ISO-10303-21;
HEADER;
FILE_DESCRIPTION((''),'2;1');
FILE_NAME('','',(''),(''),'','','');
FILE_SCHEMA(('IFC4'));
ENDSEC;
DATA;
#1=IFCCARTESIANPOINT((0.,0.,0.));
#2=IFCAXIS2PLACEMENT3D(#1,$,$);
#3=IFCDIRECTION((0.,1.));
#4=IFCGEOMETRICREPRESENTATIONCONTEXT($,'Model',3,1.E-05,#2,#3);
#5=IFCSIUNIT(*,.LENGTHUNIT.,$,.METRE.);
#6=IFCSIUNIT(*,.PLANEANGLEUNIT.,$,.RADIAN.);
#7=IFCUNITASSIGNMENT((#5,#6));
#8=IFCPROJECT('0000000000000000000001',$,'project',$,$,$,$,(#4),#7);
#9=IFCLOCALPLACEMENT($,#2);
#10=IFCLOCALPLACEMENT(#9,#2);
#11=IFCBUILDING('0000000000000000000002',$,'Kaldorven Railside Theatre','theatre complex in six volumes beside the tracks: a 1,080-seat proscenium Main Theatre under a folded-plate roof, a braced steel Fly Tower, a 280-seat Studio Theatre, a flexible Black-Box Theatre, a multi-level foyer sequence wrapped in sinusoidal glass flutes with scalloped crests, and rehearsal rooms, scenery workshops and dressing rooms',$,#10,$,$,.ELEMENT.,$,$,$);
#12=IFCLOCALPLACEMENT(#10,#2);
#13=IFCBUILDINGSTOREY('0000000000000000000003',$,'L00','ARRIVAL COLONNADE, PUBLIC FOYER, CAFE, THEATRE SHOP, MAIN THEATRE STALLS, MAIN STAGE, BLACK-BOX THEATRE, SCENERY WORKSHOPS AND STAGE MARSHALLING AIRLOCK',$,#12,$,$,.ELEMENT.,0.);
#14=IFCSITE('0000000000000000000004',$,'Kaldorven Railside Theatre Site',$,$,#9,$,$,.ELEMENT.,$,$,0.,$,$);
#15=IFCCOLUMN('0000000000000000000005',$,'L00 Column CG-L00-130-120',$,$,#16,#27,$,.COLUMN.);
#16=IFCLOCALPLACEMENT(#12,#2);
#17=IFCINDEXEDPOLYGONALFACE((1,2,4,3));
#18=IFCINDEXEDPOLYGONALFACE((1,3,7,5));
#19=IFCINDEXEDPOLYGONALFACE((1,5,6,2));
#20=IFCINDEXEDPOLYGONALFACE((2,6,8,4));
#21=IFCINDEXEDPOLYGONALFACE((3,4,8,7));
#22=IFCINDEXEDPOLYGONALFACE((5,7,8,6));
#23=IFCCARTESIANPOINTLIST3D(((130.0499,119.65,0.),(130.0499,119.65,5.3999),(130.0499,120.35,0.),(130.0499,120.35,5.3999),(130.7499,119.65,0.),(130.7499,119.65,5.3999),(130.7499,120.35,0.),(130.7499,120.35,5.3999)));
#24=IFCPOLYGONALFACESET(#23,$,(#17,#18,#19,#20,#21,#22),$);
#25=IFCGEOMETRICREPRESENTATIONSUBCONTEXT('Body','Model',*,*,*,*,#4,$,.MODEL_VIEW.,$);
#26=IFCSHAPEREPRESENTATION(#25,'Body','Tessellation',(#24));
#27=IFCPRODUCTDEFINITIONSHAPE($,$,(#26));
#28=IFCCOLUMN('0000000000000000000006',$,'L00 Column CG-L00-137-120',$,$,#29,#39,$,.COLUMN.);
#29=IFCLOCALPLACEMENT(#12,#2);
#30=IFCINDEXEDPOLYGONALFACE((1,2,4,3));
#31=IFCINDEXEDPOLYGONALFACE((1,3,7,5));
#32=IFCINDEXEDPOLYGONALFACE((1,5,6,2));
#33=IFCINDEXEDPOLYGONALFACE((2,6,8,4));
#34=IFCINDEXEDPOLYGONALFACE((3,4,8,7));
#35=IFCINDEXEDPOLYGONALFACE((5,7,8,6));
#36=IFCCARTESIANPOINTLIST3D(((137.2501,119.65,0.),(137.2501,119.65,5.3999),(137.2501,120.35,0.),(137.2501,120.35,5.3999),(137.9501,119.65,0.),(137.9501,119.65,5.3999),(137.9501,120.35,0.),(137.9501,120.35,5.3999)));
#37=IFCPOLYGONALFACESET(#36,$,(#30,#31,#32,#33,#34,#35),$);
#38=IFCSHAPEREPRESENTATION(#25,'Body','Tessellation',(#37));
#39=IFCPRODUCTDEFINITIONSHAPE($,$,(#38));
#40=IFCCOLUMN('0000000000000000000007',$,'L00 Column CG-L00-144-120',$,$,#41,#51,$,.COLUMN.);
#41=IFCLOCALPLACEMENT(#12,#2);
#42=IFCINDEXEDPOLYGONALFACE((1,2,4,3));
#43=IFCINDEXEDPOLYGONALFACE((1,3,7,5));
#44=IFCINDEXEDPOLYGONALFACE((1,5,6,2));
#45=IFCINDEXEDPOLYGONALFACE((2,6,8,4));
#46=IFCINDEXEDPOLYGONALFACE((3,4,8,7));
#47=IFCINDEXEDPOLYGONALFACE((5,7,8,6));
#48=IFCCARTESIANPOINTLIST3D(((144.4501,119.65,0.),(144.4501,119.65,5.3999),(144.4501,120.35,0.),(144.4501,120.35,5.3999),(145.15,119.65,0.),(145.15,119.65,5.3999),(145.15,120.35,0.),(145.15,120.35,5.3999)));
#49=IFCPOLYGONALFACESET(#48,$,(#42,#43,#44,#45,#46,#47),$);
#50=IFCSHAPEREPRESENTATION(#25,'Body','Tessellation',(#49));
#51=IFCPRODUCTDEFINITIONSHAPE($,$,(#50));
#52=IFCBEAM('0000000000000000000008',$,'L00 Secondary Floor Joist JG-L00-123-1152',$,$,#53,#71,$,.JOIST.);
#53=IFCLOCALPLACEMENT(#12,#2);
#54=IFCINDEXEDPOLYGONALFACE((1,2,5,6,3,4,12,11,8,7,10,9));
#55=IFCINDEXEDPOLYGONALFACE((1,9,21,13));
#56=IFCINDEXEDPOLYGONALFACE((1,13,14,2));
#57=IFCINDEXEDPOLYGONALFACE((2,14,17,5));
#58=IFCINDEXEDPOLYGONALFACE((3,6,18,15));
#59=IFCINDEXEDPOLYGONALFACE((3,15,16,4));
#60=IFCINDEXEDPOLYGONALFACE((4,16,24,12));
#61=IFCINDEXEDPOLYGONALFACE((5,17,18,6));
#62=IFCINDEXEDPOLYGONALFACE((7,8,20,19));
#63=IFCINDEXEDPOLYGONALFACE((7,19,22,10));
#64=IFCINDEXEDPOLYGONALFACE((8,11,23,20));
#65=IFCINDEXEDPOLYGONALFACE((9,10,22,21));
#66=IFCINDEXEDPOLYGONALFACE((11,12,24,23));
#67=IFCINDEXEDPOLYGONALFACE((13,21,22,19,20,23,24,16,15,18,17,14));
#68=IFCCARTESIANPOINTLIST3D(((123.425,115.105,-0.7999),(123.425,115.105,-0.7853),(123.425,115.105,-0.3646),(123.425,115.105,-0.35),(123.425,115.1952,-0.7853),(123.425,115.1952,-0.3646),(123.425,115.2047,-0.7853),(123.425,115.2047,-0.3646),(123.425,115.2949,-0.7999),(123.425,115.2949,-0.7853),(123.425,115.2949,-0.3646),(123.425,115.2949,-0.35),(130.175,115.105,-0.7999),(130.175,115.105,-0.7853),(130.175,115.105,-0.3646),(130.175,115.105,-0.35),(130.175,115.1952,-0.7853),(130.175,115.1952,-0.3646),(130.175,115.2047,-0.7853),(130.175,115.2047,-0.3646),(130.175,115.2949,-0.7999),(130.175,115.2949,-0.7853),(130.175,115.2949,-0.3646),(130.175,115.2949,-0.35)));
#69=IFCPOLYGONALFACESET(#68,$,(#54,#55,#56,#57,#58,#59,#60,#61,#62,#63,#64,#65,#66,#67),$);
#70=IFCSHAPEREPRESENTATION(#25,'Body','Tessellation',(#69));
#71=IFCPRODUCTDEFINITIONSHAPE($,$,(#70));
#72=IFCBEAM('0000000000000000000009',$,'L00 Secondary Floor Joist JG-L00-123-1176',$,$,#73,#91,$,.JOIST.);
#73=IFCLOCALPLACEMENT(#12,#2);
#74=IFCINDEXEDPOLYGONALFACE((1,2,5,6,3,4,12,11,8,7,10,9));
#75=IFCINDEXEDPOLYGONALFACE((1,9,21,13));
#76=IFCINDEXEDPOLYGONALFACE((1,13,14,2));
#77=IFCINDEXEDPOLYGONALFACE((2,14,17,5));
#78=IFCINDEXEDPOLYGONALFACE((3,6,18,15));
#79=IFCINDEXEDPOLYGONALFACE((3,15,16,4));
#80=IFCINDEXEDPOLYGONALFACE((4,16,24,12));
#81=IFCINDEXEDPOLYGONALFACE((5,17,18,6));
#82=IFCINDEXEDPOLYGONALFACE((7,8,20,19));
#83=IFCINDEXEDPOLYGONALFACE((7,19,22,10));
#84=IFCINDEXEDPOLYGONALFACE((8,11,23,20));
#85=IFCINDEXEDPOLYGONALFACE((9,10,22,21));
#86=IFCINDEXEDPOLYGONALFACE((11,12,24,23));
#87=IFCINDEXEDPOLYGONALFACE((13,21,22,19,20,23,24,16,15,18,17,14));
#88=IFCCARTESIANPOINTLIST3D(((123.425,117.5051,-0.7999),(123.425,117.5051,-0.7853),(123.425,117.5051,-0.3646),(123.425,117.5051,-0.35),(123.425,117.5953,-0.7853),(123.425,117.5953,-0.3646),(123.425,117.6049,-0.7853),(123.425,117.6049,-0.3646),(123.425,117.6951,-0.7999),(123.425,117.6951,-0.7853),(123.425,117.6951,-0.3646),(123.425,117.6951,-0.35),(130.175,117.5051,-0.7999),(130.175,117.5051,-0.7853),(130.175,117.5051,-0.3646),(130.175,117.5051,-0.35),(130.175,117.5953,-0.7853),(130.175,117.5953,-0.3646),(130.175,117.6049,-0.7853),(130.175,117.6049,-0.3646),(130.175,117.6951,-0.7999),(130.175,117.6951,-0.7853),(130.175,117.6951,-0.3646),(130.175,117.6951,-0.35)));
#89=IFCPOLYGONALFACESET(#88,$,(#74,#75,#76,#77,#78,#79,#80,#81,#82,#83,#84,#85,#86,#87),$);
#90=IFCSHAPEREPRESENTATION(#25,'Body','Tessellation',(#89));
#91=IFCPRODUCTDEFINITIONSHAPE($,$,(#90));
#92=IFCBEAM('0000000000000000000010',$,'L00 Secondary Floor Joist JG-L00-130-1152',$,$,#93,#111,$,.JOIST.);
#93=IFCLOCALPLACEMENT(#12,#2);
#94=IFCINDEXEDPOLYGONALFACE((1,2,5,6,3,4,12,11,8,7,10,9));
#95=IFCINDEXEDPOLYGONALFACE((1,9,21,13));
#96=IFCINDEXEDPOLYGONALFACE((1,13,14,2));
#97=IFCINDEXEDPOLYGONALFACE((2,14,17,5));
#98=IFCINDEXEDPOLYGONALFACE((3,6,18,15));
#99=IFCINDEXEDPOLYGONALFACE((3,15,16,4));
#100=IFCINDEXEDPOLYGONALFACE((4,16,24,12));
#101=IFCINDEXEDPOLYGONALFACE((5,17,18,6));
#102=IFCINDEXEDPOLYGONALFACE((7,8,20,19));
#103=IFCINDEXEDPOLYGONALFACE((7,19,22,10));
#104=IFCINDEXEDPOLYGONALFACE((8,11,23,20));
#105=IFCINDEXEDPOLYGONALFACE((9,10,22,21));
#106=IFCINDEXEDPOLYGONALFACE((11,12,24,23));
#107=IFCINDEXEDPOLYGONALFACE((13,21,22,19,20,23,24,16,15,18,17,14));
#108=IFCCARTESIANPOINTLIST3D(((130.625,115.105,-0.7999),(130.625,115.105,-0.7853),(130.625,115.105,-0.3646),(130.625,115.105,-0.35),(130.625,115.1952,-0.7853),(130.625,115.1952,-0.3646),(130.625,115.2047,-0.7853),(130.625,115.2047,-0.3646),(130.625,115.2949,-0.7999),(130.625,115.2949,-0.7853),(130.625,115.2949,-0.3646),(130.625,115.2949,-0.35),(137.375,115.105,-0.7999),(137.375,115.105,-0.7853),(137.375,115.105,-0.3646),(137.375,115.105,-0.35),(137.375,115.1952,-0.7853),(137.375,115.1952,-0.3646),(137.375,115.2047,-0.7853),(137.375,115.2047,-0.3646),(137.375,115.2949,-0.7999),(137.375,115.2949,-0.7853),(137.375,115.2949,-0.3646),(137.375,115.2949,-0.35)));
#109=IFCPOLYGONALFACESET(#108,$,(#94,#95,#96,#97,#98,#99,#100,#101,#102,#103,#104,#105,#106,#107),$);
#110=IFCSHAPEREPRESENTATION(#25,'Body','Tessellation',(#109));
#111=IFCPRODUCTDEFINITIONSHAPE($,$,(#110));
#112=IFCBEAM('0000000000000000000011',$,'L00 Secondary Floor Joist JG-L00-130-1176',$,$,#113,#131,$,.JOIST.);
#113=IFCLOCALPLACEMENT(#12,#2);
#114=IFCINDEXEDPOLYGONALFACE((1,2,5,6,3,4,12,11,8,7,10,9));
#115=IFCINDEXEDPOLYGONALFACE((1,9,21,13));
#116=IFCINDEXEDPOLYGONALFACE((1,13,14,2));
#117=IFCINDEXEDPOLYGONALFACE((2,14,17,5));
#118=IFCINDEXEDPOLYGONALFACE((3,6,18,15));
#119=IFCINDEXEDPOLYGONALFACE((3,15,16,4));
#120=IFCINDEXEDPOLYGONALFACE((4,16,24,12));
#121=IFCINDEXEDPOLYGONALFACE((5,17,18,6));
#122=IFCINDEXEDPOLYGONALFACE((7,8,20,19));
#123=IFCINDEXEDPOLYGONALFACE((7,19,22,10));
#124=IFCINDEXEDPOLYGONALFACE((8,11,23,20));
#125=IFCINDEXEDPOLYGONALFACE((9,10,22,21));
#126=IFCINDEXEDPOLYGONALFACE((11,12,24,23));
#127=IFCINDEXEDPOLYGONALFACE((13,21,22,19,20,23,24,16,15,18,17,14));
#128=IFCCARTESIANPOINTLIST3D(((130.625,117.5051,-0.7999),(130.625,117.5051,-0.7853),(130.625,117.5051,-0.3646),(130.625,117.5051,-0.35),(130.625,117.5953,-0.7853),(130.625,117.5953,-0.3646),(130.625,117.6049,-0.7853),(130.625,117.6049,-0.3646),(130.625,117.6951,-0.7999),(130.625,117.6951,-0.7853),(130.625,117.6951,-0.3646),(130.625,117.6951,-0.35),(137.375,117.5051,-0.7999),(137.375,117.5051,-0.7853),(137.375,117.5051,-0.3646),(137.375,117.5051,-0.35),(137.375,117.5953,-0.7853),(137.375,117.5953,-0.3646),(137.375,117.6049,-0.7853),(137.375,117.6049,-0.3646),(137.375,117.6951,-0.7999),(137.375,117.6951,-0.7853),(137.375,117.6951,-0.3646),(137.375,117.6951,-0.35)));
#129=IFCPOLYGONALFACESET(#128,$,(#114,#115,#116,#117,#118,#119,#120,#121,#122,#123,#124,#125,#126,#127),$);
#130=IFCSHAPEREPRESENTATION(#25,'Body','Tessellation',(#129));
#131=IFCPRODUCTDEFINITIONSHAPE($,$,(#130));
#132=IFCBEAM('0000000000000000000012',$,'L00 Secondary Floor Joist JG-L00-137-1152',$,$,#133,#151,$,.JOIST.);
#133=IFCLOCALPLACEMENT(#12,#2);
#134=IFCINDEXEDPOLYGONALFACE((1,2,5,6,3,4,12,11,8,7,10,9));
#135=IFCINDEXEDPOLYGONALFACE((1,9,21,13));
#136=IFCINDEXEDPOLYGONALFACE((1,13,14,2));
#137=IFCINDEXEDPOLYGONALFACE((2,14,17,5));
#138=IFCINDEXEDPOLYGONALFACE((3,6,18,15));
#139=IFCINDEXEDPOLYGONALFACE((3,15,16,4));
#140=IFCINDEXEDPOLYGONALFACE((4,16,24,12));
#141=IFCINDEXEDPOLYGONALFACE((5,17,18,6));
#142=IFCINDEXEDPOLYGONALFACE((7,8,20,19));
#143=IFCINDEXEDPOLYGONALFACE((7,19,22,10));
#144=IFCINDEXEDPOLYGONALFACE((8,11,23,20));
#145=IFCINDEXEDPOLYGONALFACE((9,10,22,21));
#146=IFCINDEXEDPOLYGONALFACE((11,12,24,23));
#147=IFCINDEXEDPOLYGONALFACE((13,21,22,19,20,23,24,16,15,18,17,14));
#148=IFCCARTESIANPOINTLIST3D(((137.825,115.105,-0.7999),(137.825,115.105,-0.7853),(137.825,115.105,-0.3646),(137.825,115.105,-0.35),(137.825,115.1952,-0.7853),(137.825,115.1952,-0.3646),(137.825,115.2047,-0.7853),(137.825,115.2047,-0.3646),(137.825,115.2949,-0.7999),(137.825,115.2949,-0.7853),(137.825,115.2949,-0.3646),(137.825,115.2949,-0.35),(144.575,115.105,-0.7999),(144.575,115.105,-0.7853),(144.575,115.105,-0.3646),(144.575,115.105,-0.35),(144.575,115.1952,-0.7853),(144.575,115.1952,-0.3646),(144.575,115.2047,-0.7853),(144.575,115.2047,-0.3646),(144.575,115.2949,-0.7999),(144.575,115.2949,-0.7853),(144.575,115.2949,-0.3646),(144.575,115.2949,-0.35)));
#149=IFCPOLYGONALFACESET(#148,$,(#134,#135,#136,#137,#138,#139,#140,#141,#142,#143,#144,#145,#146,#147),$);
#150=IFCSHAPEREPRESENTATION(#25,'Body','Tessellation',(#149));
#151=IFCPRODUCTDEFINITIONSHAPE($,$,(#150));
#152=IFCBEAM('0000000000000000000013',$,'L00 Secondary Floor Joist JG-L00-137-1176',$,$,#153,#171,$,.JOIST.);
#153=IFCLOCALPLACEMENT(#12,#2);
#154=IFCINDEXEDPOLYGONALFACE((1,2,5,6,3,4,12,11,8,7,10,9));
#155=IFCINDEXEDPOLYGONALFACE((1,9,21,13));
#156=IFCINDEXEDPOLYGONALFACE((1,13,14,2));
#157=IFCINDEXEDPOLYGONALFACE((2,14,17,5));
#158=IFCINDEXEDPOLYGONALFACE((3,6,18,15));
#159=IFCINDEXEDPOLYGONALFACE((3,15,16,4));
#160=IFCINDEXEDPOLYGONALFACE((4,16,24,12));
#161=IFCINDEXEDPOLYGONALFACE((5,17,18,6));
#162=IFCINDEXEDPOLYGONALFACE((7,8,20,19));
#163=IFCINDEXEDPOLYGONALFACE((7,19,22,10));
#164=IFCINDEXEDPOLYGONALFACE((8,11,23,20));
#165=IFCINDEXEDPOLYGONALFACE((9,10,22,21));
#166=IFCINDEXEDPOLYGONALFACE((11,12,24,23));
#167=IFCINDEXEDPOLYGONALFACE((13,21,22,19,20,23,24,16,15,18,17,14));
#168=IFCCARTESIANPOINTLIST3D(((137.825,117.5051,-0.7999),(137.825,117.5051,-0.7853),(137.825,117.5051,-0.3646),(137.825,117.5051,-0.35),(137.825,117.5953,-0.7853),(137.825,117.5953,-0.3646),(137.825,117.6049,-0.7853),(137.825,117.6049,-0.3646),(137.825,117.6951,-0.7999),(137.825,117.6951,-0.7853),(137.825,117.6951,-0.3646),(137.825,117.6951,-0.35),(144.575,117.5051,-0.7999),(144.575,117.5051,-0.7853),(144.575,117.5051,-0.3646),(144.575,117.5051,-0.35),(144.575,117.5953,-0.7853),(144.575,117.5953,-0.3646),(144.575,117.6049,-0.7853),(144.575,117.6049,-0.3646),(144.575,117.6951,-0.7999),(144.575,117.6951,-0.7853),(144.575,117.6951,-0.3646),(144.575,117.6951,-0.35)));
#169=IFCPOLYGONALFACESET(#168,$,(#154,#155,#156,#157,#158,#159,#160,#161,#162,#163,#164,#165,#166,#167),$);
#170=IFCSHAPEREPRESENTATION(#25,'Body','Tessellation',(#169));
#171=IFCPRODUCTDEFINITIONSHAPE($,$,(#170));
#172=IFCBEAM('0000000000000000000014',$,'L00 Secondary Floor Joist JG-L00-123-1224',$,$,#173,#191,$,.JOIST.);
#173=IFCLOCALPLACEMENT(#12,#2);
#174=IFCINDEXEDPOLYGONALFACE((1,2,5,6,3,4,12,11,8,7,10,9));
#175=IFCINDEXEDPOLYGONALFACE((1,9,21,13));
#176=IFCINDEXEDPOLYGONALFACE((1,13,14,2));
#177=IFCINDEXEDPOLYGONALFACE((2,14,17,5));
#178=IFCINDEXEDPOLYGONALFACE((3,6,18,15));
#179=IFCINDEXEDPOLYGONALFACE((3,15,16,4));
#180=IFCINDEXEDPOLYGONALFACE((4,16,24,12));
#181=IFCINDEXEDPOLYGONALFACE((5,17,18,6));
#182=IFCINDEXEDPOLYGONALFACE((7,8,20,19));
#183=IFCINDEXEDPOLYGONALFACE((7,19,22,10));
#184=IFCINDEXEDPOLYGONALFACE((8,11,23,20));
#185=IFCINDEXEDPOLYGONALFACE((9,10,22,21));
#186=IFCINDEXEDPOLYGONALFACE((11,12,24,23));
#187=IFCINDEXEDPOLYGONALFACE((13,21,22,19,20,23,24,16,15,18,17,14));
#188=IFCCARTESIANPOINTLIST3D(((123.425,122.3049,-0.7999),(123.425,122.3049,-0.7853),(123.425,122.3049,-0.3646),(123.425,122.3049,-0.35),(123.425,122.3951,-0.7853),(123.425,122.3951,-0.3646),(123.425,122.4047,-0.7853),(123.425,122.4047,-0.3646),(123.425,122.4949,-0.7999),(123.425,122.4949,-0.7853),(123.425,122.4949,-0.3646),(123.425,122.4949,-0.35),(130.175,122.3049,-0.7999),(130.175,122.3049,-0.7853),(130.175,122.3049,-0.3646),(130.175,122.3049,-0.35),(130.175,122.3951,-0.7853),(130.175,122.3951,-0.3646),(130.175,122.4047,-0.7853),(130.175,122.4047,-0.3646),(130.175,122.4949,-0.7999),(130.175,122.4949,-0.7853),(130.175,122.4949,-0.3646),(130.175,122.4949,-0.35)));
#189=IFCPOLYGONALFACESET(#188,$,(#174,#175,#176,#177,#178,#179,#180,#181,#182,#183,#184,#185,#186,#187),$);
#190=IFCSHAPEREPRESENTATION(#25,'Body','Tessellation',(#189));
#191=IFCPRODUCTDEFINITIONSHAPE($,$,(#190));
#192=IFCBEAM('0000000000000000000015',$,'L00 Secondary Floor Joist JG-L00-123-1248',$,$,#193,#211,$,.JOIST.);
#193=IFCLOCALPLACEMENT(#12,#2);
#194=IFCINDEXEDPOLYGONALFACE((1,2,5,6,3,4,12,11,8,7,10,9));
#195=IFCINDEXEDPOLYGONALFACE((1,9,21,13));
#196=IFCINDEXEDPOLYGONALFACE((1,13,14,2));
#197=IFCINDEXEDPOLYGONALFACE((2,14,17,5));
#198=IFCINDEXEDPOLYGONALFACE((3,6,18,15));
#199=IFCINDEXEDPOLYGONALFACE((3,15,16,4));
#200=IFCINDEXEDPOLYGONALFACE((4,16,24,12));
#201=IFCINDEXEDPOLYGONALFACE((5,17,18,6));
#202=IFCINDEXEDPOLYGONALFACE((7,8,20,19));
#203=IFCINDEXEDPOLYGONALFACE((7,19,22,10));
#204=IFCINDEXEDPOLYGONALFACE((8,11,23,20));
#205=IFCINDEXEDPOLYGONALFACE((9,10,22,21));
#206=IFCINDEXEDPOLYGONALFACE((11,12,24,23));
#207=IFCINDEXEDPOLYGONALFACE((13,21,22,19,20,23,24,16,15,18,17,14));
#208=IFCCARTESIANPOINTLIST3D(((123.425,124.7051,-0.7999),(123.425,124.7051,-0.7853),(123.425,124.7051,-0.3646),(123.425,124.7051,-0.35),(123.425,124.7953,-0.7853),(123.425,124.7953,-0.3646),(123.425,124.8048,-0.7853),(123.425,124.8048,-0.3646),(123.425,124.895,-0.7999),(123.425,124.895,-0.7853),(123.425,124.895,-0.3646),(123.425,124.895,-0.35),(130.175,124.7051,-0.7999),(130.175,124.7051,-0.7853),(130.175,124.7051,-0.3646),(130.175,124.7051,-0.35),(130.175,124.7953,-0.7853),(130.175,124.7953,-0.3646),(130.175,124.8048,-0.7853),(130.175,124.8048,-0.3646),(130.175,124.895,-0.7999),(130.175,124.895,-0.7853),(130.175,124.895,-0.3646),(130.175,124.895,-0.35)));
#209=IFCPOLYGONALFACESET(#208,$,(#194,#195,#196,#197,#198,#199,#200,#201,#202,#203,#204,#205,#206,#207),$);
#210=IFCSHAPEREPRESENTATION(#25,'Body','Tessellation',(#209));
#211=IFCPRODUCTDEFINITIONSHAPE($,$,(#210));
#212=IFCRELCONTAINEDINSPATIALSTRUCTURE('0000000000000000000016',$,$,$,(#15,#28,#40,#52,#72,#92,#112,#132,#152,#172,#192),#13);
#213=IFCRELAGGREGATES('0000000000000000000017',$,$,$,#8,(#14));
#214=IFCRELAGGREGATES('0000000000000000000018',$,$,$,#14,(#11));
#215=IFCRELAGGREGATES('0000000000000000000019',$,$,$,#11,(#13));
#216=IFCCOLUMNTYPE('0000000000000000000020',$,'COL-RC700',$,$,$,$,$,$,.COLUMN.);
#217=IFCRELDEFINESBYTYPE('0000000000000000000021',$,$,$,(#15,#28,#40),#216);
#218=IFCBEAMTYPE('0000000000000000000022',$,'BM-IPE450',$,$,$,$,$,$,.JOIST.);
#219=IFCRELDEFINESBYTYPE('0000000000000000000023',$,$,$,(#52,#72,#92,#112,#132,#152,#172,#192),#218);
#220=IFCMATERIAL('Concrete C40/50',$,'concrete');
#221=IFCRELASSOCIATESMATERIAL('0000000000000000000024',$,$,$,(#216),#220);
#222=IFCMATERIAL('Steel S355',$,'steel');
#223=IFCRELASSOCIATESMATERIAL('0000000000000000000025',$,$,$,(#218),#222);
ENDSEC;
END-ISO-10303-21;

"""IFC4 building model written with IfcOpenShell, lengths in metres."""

from ifc_helpers import new_model, si_unit, direction, frame, origin, origin_2d, place, context, subcontext, project, spatial, rectangle, i_section, extrude, material, material_profile, profile_set, type_object, element, save


model = new_model("IFC4")

# Units and contexts
model_context = context("Model", 3, precision=1e-05, world=origin(), true_north=direction((0.0, 1.0)))
body_context = subcontext(model_context, "Body", "Model", "MODEL_VIEW")
ifc_project = project(units=[si_unit("LENGTHUNIT", "METRE"), si_unit("PLANEANGLEUNIT", "RADIAN")], contexts=[model_context])

# Site, building, storey
site_placement = place(None, origin())
site = spatial("IfcSite", under=ifc_project, at=site_placement, Name="Kaldorven Railside Theatre Site", CompositionType="ELEMENT", RefElevation=0.0)
building_placement = place(site_placement, origin())
building = spatial("IfcBuilding", under=site, at=building_placement, Name="Kaldorven Railside Theatre", Description="theatre complex in six volumes beside the tracks: a 1,080-seat proscenium Main Theatre under a folded-plate roof, a braced steel Fly Tower, a 280-seat Studio Theatre, a flexible Black-Box Theatre, a multi-level foyer sequence wrapped in sinusoidal glass flutes with scalloped crests, and rehearsal rooms, scenery workshops and dressing rooms", CompositionType="ELEMENT")
storey_placement = place(building_placement, origin())
storey = spatial("IfcBuildingStorey", under=building, at=storey_placement, Name="L00", Description="ARRIVAL COLONNADE, PUBLIC FOYER, CAFE, THEATRE SHOP, MAIN THEATRE STALLS, MAIN STAGE, BLACK-BOX THEATRE, SCENERY WORKSHOPS AND STAGE MARSHALLING AIRLOCK", CompositionType="ELEMENT", Elevation=0.0)

# Columns
ifc_material_1 = material(Name="Concrete C40/50", Category="concrete")
ifc_material_profile_1 = material_profile(ifc_material_1, rectangle(XDim=0.7, YDim=0.7, at=origin_2d()), Name="RC 700x700")
ifc_profile_set_1 = profile_set([ifc_material_profile_1], Name="Concrete C40/50")
column_type = type_object("IfcColumnType", Name="COL-RC700", PredefinedType="COLUMN", material=ifc_profile_set_1)
for number, where, z_axis, x_axis, name in (
    (1, (130.3999, 120.0, 0.0), (0.0, 0.0, 1.0), (1.0, 0.0, 0.0), "L00 Column CG-L00-130-120"),
    (2, (137.6001, 120.0, 0.0), (0.0, 0.0, 1.0), (0.0, 1.0, 0.0), "L00 Column CG-L00-137-120"),
    (3, (144.8, 120.0, 0.0), (0.0, 0.0, 1.0), (1.0, 0.0, 0.0), "L00 Column CG-L00-144-120"),
):
    element("IfcColumn", number, at=place(storey_placement, frame(where, z_axis=z_axis, x_axis=x_axis)), inside=storey, type_object=column_type, Name=name, PredefinedType="COLUMN", context=body_context, shape_type="SweptSolid", body=[
        extrude(rectangle(XDim=0.7, YDim=0.7, at=origin_2d()), origin(), (0.0, 0.0, 1.0), 5.3999),
    ])

# Beams
ifc_material_2 = material(Name="Steel S355", Category="steel")
ifc_material_profile_2 = material_profile(ifc_material_2, i_section(OverallWidth=0.1899, OverallDepth=0.45, WebThickness=0.0095, FlangeThickness=0.0146, at=origin_2d()), Name="IPE 450")
ifc_profile_set_2 = profile_set([ifc_material_profile_2], Name="Steel S355")
beam_type_1 = type_object("IfcBeamType", Name="BM-IPE450", PredefinedType="JOIST", material=ifc_profile_set_2)
for number, where, z_axis, x_axis, name in (
    (4, (123.425, 115.2, -0.575), (1.0, 0.0, 0.0), (0.0, 1.0, 0.0), "L00 Secondary Floor Joist JG-L00-123-1152"),
    (5, (123.425, 117.6001, -0.575), (1.0, 0.0, 0.0), (0.0, 1.0, 0.0), "L00 Secondary Floor Joist JG-L00-123-1176"),
    (6, (130.625, 115.2, -0.575), (1.0, 0.0, 0.0), (0.0, 1.0, 0.0), "L00 Secondary Floor Joist JG-L00-130-1152"),
    (7, (130.625, 117.6001, -0.575), (1.0, 0.0, 0.0), (0.0, 1.0, 0.0), "L00 Secondary Floor Joist JG-L00-130-1176"),
    (8, (137.825, 115.2, -0.575), (1.0, 0.0, 0.0), (0.0, 1.0, 0.0), "L00 Secondary Floor Joist JG-L00-137-1152"),
    (9, (137.825, 117.6001, -0.575), (1.0, 0.0, 0.0), (0.0, 1.0, 0.0), "L00 Secondary Floor Joist JG-L00-137-1176"),
    (10, (123.425, 122.3999, -0.575), (1.0, 0.0, 0.0), (0.0, 1.0, 0.0), "L00 Secondary Floor Joist JG-L00-123-1224"),
    (11, (123.425, 124.8, -0.575), (1.0, 0.0, 0.0), (0.0, 1.0, 0.0), "L00 Secondary Floor Joist JG-L00-123-1248"),
):
    element("IfcBeam", number, at=place(storey_placement, frame(where, z_axis=z_axis, x_axis=x_axis)), inside=storey, type_object=beam_type_1, Name=name, PredefinedType="JOIST", context=body_context, shape_type="SweptSolid", body=[
        extrude(i_section(OverallWidth=0.1899, OverallDepth=0.45, WebThickness=0.0095, FlangeThickness=0.0146, at=origin_2d()), origin(), (0.0, 0.0, 1.0), 6.75),
    ])

save(model, "model.ifc")
